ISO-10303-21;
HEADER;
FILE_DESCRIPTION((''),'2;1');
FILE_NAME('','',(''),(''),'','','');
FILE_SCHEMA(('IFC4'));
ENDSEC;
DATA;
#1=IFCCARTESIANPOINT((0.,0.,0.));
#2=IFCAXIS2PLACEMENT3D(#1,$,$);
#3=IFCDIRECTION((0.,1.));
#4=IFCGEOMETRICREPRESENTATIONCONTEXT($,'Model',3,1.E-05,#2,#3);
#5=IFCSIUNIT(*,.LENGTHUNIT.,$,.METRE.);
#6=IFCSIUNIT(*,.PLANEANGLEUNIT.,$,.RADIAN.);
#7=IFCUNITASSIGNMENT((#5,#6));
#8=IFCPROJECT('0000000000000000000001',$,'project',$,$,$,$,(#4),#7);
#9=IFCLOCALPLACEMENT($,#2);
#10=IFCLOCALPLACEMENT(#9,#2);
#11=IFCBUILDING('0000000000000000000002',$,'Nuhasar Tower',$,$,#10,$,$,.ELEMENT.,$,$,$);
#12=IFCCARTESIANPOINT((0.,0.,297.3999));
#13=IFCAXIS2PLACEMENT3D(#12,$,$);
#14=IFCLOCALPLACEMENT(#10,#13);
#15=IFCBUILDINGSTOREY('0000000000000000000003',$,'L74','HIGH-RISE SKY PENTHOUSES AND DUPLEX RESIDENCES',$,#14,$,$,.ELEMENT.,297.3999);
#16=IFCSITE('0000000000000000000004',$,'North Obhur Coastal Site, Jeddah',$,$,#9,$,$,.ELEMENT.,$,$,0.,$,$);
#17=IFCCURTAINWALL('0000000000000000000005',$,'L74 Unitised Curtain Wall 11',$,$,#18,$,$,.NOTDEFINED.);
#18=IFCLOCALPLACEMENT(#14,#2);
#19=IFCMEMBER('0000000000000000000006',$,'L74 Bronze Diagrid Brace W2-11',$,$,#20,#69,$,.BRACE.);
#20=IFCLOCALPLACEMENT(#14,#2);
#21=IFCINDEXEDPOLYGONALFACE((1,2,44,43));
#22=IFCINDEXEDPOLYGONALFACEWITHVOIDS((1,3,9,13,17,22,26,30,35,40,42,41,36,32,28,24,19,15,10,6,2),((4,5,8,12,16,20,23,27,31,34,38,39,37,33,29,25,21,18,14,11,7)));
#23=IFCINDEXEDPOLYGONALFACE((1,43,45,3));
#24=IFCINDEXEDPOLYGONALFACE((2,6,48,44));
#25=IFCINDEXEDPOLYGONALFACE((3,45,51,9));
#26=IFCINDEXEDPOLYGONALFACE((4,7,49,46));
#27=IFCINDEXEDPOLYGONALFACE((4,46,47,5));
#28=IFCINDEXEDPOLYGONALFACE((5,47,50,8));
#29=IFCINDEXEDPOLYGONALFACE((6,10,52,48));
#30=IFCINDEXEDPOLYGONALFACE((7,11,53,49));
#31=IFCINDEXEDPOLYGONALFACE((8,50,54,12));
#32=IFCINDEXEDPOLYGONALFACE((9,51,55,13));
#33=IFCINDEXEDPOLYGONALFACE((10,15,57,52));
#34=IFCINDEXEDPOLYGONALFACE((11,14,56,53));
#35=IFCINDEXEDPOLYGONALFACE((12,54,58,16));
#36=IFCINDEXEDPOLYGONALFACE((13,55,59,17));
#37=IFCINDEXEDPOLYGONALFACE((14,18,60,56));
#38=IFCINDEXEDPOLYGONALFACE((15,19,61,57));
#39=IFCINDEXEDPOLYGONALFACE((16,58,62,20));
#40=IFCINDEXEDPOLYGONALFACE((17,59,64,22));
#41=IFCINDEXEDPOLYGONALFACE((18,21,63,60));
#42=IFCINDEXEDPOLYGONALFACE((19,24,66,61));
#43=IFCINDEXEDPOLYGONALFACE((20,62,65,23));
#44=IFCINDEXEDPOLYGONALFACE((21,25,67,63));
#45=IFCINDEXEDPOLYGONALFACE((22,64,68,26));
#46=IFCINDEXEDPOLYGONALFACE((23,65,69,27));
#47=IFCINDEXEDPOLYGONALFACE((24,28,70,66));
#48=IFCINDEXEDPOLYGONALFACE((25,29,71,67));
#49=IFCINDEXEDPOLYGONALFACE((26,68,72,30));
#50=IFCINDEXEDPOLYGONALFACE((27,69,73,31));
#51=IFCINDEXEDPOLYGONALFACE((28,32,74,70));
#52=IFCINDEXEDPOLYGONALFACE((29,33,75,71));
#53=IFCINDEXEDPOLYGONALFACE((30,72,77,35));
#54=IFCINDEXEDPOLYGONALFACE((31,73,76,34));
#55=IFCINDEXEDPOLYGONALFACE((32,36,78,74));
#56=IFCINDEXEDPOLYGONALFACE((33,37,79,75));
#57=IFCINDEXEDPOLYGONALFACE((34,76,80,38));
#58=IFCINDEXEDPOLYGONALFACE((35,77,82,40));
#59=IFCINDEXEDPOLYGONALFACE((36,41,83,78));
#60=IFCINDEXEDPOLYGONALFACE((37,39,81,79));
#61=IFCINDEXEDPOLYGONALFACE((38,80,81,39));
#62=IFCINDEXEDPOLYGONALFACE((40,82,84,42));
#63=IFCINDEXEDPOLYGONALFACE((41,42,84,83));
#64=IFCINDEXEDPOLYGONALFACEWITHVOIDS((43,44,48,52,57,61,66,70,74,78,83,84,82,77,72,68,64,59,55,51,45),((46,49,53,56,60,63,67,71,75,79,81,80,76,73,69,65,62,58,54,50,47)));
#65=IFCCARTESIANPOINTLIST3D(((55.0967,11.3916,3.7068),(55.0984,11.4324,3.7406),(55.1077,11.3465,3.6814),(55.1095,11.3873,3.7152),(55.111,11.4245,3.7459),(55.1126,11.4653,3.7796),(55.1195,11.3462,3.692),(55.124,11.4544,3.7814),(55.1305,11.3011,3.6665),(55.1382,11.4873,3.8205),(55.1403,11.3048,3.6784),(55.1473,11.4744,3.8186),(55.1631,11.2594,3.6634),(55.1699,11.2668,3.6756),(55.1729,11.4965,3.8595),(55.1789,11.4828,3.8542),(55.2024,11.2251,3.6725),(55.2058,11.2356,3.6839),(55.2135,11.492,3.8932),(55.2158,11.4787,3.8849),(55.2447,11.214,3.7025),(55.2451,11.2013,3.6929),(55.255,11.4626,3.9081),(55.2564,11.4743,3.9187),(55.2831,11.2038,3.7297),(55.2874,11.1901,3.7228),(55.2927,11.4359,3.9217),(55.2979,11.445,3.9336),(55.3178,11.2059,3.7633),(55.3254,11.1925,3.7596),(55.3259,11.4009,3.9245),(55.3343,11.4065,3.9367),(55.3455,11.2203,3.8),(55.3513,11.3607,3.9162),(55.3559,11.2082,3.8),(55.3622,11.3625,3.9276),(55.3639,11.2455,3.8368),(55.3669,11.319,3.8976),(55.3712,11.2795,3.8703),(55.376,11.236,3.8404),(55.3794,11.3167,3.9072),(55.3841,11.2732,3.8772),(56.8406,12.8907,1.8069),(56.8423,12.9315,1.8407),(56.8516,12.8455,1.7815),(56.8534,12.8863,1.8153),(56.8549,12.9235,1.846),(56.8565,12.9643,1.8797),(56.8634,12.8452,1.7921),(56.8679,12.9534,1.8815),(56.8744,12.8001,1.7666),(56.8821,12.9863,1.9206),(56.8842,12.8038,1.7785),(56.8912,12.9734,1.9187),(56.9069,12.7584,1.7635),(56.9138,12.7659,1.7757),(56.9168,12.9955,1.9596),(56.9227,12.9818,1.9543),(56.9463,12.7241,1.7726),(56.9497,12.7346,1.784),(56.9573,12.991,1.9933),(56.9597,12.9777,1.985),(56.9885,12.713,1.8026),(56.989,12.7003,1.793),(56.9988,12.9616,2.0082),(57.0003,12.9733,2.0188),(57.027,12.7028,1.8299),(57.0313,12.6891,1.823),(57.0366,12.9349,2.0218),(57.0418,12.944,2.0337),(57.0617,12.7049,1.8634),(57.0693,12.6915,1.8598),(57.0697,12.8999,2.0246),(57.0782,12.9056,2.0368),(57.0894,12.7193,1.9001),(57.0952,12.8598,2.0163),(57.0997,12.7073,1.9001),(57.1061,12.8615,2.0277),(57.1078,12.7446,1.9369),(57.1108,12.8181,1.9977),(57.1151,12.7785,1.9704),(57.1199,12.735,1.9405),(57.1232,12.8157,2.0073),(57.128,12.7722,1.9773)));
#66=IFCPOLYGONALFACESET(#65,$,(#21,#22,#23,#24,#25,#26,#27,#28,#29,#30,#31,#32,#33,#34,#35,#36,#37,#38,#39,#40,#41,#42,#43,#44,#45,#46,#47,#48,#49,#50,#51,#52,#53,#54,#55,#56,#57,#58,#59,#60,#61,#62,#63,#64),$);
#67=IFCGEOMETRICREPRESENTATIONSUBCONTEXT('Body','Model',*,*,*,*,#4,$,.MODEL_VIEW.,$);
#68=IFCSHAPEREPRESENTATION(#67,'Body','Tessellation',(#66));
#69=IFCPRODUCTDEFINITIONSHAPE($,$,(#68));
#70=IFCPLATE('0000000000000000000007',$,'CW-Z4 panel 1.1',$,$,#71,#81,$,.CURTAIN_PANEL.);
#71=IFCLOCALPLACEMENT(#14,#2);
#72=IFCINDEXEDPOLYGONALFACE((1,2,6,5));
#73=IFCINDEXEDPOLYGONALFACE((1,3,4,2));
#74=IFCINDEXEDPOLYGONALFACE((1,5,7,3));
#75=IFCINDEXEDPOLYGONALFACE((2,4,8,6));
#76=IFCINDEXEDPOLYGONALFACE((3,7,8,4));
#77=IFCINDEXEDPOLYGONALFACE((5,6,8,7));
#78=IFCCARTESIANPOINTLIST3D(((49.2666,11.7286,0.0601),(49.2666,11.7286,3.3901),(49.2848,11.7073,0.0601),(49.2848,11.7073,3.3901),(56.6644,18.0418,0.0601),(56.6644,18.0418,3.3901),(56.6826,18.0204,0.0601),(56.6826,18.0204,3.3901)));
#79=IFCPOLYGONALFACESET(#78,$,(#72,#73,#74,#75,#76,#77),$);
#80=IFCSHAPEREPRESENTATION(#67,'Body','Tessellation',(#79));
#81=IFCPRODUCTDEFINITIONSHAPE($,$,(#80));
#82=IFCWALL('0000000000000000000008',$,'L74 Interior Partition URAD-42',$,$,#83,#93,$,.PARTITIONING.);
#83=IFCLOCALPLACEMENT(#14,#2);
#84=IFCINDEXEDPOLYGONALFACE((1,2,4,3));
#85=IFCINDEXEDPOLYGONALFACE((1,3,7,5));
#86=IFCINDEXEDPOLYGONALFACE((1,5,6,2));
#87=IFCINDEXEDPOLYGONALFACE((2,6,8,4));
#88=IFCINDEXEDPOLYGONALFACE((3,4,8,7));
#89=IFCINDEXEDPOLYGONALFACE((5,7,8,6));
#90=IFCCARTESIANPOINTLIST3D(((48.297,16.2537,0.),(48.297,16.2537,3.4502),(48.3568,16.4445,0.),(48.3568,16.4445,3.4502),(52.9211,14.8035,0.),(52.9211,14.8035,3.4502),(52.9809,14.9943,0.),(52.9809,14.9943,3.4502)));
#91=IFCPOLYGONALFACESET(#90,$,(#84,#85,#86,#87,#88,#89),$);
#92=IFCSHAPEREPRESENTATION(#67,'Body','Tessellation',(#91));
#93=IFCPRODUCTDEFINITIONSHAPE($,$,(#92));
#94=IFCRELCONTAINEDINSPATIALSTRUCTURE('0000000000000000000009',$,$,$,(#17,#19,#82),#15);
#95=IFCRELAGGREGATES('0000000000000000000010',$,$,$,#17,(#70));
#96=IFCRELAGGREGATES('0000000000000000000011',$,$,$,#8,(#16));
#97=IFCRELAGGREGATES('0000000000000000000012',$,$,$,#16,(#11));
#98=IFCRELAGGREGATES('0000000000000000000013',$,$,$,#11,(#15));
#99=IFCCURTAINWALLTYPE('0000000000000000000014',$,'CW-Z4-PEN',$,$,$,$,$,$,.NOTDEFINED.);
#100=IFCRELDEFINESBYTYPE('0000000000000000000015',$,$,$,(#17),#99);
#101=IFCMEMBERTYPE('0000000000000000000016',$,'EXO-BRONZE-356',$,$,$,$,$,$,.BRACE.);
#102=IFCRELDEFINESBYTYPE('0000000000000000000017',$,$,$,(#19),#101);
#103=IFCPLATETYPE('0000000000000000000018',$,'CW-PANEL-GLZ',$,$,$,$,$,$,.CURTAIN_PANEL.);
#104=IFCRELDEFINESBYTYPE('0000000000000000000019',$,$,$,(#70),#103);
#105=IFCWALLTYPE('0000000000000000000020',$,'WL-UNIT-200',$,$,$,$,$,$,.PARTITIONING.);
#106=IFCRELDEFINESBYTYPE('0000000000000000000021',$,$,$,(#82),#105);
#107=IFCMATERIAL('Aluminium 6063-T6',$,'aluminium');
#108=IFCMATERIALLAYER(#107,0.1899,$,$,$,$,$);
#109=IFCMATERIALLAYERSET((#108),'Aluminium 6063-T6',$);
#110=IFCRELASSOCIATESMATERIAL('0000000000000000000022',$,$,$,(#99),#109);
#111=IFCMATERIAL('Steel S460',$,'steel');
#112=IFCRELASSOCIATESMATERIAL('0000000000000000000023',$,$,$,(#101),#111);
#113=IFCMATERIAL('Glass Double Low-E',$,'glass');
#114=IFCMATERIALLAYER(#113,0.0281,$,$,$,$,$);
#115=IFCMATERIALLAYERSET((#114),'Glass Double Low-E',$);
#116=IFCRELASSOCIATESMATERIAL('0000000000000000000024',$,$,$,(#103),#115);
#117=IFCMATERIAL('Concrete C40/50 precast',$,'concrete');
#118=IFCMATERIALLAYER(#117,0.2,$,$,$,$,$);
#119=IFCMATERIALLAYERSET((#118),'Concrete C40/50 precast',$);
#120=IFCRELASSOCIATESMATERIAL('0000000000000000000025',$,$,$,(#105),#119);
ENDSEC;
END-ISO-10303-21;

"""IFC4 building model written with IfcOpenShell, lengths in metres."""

from ifc_helpers import new_model, si_unit, direction, frame, frame_2d, origin, origin_2d, place, context, subcontext, project, spatial, rectangle, hollow_circle, extrude, material, layer, layer_set, material_profile, profile_set, type_object, element, aggregate, save


model = new_model("IFC4")

# Units and contexts
model_context = context("Model", 3, precision=1e-05, world=origin(), true_north=direction((0.0, 1.0)))
body_context = subcontext(model_context, "Body", "Model", "MODEL_VIEW")
ifc_project = project(units=[si_unit("LENGTHUNIT", "METRE"), si_unit("PLANEANGLEUNIT", "RADIAN")], contexts=[model_context])

# Site, building, storey
site_placement = place(None, origin())
site = spatial("IfcSite", under=ifc_project, at=site_placement, Name="North Obhur Coastal Site, Jeddah", CompositionType="ELEMENT", RefElevation=0.0)
building_placement = place(site_placement, origin())
building = spatial("IfcBuilding", under=site, at=building_placement, Name="Nuhasar Tower", CompositionType="ELEMENT")
storey_placement = place(building_placement, frame((0.0, 0.0, 297.3999)))
storey = spatial("IfcBuildingStorey", under=building, at=storey_placement, Name="L74", Description="HIGH-RISE SKY PENTHOUSES AND DUPLEX RESIDENCES", CompositionType="ELEMENT", Elevation=297.3999)

# Shared definitions
ifc_material_1 = material(Name="Aluminium 6063-T6", Category="aluminium")
ifc_layer_1 = layer(ifc_material_1, 0.1899)
ifc_layer_set_1 = layer_set([ifc_layer_1], Name="Aluminium 6063-T6")
curtain_wall_type = type_object("IfcCurtainWallType", Name="CW-Z4-PEN", PredefinedType="NOTDEFINED", material=ifc_layer_set_1)

# Curtain wall
curtain_wall_1_placement = place(storey_placement, origin())
curtain_wall_1 = element("IfcCurtainWall", 1, at=curtain_wall_1_placement, inside=storey, type_object=curtain_wall_type, Name="L74 Unitised Curtain Wall 11", PredefinedType="NOTDEFINED")

# Member
ifc_material_2 = material(Name="Steel S460", Category="steel")
ifc_material_profile_1 = material_profile(ifc_material_2, hollow_circle(Radius=0.1777, WallThickness=0.0159, at=origin_2d()), Name="HSS355.6X15.9")
ifc_profile_set_1 = profile_set([ifc_material_profile_1], Name="Steel S460")
member_type_1 = type_object("IfcMemberType", Name="EXO-BRONZE-356", PredefinedType="BRACE", material=ifc_profile_set_1)
member_1_placement = place(storey_placement, frame((56.9839, 12.842, 1.9001), z_axis=(-0.584625, -0.502534, 0.636925), x_axis=(0.651857, -0.758342, 0.0)))
element("IfcMember", 2, at=member_1_placement, inside=storey, type_object=member_type_1, Name="L74 Bronze Diagrid Brace W2-11", PredefinedType="BRACE", context=body_context, shape_type="SweptSolid", body=[
    extrude(hollow_circle(Radius=0.1777, WallThickness=0.0159, at=origin_2d()), origin(), (0.0, 0.0, 1.0), 2.9829),
])

# Plate
ifc_material_3 = material(Name="Glass Double Low-E", Category="glass")
ifc_layer_2 = layer(ifc_material_3, 0.0281)
ifc_layer_set_2 = layer_set([ifc_layer_2], Name="Glass Double Low-E")
plate_type = type_object("IfcPlateType", Name="CW-PANEL-GLZ", PredefinedType="CURTAIN_PANEL", material=ifc_layer_set_2)
plate_placement = place(storey_placement, frame((52.9746, 14.8745, 0.0601), z_axis=(0.0, 0.0, 1.0), x_axis=(0.760667, 0.649142, 0.0)))
plate = element("IfcPlate", 3, at=plate_placement, type_object=plate_type, Name="CW-Z4 panel 1.1", PredefinedType="CURTAIN_PANEL", context=body_context, shape_type="SweptSolid", body=[
    extrude(rectangle(XDim=9.7253, YDim=0.0281, at=origin_2d()), origin(), (0.0, 0.0, 1.0), 3.3301),
])
aggregate(curtain_wall_1, [plate])

# Wall
ifc_material_4 = material(Name="Concrete C40/50 precast", Category="concrete")
ifc_layer_3 = layer(ifc_material_4, 0.2)
ifc_layer_set_3 = layer_set([ifc_layer_3], Name="Concrete C40/50 precast")
wall_type = type_object("IfcWallType", Name="WL-UNIT-200", PredefinedType="PARTITIONING", material=ifc_layer_set_3)
wall_placement = place(storey_placement, frame((48.3269, 16.3491, 0.0), z_axis=(0.0, 0.0, 1.0), x_axis=(0.954175, -0.29925, 0.0)))
element("IfcWall", 4, at=wall_placement, inside=storey, type_object=wall_type, Name="L74 Interior Partition URAD-42", PredefinedType="PARTITIONING", context=body_context, shape_type="SweptSolid", body=[
    extrude(rectangle(XDim=4.8462, YDim=0.2, at=frame_2d((2.4231, 0.0))), origin(), (0.0, 0.0, 1.0), 3.4502),
])

save(model, "model.ifc")
